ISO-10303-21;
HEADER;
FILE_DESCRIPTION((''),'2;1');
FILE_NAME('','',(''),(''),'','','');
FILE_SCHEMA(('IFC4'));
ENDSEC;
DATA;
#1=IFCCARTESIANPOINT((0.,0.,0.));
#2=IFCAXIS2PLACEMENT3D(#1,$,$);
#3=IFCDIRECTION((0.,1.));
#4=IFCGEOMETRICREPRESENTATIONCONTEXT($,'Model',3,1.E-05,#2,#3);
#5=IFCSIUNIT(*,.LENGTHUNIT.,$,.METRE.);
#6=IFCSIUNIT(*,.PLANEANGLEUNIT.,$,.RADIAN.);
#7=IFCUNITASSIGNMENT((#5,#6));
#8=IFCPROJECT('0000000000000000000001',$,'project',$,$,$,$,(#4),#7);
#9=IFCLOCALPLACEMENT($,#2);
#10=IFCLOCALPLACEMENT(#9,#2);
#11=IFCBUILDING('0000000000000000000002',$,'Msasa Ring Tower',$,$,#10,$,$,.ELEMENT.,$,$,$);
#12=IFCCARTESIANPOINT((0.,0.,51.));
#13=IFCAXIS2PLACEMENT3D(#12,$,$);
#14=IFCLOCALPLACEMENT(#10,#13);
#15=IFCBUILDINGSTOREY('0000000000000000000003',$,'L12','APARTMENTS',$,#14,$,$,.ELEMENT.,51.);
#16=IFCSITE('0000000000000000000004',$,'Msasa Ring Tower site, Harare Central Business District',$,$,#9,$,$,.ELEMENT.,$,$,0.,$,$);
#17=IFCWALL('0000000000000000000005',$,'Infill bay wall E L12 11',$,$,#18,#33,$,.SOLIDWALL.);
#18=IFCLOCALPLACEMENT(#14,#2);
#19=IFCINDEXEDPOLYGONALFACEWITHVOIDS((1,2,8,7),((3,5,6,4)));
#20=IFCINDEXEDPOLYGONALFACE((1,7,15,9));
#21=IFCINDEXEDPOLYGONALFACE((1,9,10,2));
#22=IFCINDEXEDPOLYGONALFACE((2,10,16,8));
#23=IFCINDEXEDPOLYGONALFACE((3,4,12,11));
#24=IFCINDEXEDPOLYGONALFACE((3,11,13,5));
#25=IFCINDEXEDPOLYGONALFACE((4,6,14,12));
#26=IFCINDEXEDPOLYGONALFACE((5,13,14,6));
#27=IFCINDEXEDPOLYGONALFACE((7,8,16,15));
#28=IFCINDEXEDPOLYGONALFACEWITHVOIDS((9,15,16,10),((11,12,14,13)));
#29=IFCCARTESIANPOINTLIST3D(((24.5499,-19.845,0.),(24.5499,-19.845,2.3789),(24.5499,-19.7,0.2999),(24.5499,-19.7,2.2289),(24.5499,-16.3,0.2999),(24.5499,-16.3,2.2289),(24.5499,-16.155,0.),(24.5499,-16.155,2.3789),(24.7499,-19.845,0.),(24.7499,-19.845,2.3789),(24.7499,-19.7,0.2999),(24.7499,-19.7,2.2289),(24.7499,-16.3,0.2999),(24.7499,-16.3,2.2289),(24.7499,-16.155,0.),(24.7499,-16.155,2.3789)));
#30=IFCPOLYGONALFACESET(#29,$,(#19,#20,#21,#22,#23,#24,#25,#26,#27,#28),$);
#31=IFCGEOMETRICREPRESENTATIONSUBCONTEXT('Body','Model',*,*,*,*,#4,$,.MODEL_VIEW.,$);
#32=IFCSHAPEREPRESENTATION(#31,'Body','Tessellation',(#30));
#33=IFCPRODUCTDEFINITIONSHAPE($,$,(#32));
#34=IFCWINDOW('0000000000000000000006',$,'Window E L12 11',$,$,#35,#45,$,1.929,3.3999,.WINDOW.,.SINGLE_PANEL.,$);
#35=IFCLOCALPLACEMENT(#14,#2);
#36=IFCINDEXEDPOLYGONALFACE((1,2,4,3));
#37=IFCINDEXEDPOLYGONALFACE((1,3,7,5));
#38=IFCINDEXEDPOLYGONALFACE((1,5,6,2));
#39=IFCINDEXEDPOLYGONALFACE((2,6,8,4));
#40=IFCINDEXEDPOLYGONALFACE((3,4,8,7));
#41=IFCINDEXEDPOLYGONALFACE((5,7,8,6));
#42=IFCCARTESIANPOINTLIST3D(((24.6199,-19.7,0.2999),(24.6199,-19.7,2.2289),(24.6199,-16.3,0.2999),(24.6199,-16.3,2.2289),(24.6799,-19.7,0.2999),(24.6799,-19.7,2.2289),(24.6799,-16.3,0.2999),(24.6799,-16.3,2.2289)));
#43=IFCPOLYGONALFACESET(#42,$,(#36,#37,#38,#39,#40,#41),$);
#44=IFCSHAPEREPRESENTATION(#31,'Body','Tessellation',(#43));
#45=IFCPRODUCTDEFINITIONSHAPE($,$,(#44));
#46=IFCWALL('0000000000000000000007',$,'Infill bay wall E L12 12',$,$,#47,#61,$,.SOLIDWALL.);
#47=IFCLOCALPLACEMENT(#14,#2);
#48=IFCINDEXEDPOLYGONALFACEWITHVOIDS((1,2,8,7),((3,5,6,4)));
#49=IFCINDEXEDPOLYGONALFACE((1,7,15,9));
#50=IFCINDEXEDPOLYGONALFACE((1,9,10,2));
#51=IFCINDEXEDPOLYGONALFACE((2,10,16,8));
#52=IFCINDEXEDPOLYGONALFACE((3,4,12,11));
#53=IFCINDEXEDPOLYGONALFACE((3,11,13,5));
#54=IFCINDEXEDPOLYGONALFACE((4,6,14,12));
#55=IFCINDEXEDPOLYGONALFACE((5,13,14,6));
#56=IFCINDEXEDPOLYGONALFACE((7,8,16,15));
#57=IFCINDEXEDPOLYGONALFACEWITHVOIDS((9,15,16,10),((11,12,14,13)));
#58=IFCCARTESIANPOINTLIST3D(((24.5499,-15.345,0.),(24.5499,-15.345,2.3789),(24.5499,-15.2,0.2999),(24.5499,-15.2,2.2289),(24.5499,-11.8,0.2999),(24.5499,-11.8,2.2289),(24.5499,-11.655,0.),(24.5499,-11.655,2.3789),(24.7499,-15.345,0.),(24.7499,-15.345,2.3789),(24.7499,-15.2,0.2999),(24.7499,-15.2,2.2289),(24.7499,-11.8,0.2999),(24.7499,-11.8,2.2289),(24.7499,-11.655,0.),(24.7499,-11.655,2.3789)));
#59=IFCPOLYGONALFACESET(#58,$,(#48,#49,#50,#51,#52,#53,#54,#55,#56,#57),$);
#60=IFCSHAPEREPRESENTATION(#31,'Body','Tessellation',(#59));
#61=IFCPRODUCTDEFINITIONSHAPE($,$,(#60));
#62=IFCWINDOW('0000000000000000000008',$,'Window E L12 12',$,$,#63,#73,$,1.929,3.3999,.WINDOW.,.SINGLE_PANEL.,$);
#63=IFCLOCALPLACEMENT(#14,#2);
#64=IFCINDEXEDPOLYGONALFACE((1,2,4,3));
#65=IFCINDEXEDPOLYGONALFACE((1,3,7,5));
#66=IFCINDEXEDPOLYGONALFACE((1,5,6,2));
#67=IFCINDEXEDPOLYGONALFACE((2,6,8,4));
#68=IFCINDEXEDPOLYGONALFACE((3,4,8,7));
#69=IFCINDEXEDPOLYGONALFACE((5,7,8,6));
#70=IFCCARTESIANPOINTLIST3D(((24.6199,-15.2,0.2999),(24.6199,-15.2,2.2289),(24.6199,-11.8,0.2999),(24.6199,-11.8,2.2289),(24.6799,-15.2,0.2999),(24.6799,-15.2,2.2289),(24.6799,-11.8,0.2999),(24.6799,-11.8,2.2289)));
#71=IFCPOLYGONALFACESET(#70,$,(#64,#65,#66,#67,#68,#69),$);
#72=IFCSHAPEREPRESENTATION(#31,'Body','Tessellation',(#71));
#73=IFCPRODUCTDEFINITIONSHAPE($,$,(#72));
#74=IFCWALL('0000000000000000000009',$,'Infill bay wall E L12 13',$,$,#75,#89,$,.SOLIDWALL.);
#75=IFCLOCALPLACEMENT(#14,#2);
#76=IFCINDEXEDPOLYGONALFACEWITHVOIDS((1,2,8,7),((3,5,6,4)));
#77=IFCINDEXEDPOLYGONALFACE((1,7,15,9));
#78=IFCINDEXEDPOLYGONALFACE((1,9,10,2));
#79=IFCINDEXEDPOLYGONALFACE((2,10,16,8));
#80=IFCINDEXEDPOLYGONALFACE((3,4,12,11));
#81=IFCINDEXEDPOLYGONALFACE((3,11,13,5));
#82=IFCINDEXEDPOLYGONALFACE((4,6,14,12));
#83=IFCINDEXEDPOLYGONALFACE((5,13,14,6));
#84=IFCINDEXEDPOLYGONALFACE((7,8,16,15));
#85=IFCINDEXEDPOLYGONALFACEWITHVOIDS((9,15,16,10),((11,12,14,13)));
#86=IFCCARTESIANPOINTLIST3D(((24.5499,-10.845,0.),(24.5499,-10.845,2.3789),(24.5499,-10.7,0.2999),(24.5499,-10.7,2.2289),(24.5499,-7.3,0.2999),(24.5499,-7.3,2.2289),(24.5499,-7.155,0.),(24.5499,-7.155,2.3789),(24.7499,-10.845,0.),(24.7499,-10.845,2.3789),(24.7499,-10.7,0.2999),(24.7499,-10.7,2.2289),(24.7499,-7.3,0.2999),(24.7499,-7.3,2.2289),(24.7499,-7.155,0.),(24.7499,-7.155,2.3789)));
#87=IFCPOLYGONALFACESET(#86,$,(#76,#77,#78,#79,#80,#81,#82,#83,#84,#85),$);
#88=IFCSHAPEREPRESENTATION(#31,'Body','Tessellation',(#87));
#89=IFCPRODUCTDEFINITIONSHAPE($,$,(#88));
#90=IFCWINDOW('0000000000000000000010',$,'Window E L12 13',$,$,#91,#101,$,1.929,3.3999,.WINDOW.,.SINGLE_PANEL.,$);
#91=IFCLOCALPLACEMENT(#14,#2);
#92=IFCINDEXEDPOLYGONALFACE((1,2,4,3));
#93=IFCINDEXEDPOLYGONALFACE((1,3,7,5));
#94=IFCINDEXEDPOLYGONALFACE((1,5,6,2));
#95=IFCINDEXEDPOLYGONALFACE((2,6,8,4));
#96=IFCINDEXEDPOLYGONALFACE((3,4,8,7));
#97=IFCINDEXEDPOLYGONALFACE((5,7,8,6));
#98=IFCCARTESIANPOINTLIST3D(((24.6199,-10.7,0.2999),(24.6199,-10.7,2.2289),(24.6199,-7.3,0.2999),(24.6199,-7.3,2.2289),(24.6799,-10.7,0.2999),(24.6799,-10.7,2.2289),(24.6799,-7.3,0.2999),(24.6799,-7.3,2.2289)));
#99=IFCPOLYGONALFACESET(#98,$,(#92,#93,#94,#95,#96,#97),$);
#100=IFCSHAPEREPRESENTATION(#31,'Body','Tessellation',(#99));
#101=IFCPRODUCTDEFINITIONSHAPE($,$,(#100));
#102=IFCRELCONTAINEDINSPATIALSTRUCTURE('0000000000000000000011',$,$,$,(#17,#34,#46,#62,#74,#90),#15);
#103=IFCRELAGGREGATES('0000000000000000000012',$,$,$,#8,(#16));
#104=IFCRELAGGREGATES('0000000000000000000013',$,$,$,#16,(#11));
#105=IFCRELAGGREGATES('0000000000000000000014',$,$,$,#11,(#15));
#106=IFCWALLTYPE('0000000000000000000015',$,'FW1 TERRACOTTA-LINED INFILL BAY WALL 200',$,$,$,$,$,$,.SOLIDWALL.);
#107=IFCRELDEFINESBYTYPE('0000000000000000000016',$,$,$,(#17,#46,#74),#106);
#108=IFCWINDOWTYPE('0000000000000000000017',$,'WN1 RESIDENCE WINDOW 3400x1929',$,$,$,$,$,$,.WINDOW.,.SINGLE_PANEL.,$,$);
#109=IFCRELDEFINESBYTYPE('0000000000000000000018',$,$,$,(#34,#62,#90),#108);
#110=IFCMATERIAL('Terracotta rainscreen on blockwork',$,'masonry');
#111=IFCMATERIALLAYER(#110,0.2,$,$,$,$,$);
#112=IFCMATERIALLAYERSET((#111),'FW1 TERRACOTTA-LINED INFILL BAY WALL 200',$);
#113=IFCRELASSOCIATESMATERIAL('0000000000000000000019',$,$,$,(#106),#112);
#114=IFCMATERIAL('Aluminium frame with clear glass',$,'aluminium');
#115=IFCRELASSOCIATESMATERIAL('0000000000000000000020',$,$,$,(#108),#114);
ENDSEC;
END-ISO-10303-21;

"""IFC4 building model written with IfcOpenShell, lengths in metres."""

from ifc_helpers import new_model, si_unit, direction, frame, frame_2d, origin, place, context, subcontext, project, spatial, rectangle, extrude, material, layer, layer_set, type_object, element, fill, save


model = new_model("IFC4")

# Units and contexts
model_context = context("Model", 3, precision=1e-05, world=origin(), true_north=direction((0.0, 1.0)))
body_context = subcontext(model_context, "Body", "Model", "MODEL_VIEW")
ifc_project = project(units=[si_unit("LENGTHUNIT", "METRE"), si_unit("PLANEANGLEUNIT", "RADIAN")], contexts=[model_context])

# Site, building, storey
site_placement = place(None, origin())
site = spatial("IfcSite", under=ifc_project, at=site_placement, Name="Msasa Ring Tower site, Harare Central Business District", CompositionType="ELEMENT", RefElevation=0.0)
building_placement = place(site_placement, origin())
building = spatial("IfcBuilding", under=site, at=building_placement, Name="Msasa Ring Tower", CompositionType="ELEMENT")
storey_placement = place(building_placement, frame((0.0, 0.0, 51.0)))
storey = spatial("IfcBuildingStorey", under=building, at=storey_placement, Name="L12", Description="APARTMENTS", CompositionType="ELEMENT", Elevation=51.0)

# Walls, openings, windows
ifc_material_1 = material(Name="Terracotta rainscreen on blockwork", Category="masonry")
ifc_layer_1 = layer(ifc_material_1, 0.2)
ifc_layer_set_1 = layer_set([ifc_layer_1], Name="FW1 TERRACOTTA-LINED INFILL BAY WALL 200")
wall_type_1 = type_object("IfcWallType", Name="FW1 TERRACOTTA-LINED INFILL BAY WALL 200", PredefinedType="SOLIDWALL", material=ifc_layer_set_1)
wall_1_placement = place(storey_placement, frame((24.6499, -19.845, 0.0), z_axis=(0.0, 0.0, 1.0), x_axis=(0.0, 1.0, 0.0)))
wall_1 = element("IfcWall", 1, at=wall_1_placement, inside=storey, type_object=wall_type_1, Name="Infill bay wall E L12 11", PredefinedType="SOLIDWALL", context=body_context, shape_type="SweptSolid", body=[
    extrude(rectangle(XDim=3.6899, YDim=0.2, at=frame_2d((1.845, 0.0))), origin(), (0.0, 0.0, 1.0), 2.3789),
])
opening_1_placement = place(wall_1_placement, frame((0.145, 0.0, 0.3)))
opening_1 = element("IfcOpeningElement", 2, at=opening_1_placement, cuts=wall_1, PredefinedType="OPENING", context=body_context, shape_type="SweptSolid", body=[
    extrude(rectangle(XDim=3.3999, YDim=1.929, at=frame_2d((1.7, 0.9644))), frame((0.0, 0.1099, 0.0), z_axis=(0.0, -1.0, 0.0), x_axis=(1.0, 0.0, 0.0)), (0.0, 0.0, 1.0), 0.22),
])
ifc_material_2 = material(Name="Aluminium frame with clear glass", Category="aluminium")
window_type = type_object("IfcWindowType", Name="WN1 RESIDENCE WINDOW 3400x1929", PartitioningType="SINGLE_PANEL", PredefinedType="WINDOW", material=ifc_material_2)
window_1_placement = place(opening_1_placement, origin())
window_1 = element("IfcWindow", 3, at=window_1_placement, inside=storey, type_object=window_type, Name="Window E L12 11", OverallHeight=1.929, OverallWidth=3.3999, PartitioningType="SINGLE_PANEL", PredefinedType="WINDOW", context=body_context, shape_type="SweptSolid", body=[
    extrude(rectangle(XDim=3.3999, YDim=1.929, at=frame_2d((1.7, 0.9644))), frame((0.0, 0.03, 0.0), z_axis=(0.0, -1.0, 0.0), x_axis=(1.0, 0.0, 0.0)), (0.0, 0.0, 1.0), 0.0601),
])
fill(opening_1, window_1)
wall_2_placement = place(storey_placement, frame((24.6499, -15.345, 0.0), z_axis=(0.0, 0.0, 1.0), x_axis=(0.0, 1.0, 0.0)))
wall_2 = element("IfcWall", 4, at=wall_2_placement, inside=storey, type_object=wall_type_1, Name="Infill bay wall E L12 12", PredefinedType="SOLIDWALL", context=body_context, shape_type="SweptSolid", body=[
    extrude(rectangle(XDim=3.6899, YDim=0.2, at=frame_2d((1.845, 0.0))), origin(), (0.0, 0.0, 1.0), 2.3789),
])
opening_2_placement = place(wall_2_placement, frame((0.145, 0.0, 0.3)))
opening_2 = element("IfcOpeningElement", 5, at=opening_2_placement, cuts=wall_2, PredefinedType="OPENING", context=body_context, shape_type="SweptSolid", body=[
    extrude(rectangle(XDim=3.3999, YDim=1.929, at=frame_2d((1.7, 0.9644))), frame((0.0, 0.1099, 0.0), z_axis=(0.0, -1.0, 0.0), x_axis=(1.0, 0.0, 0.0)), (0.0, 0.0, 1.0), 0.22),
])
window_2_placement = place(opening_2_placement, origin())
window_2 = element("IfcWindow", 6, at=window_2_placement, inside=storey, type_object=window_type, Name="Window E L12 12", OverallHeight=1.929, OverallWidth=3.3999, PartitioningType="SINGLE_PANEL", PredefinedType="WINDOW", context=body_context, shape_type="SweptSolid", body=[
    extrude(rectangle(XDim=3.3999, YDim=1.929, at=frame_2d((1.7, 0.9644))), frame((0.0, 0.03, 0.0), z_axis=(0.0, -1.0, 0.0), x_axis=(1.0, 0.0, 0.0)), (0.0, 0.0, 1.0), 0.0601),
])
fill(opening_2, window_2)
wall_3_placement = place(storey_placement, frame((24.6499, -10.845, 0.0), z_axis=(0.0, 0.0, 1.0), x_axis=(0.0, 1.0, 0.0)))
wall_3 = element("IfcWall", 7, at=wall_3_placement, inside=storey, type_object=wall_type_1, Name="Infill bay wall E L12 13", PredefinedType="SOLIDWALL", context=body_context, shape_type="SweptSolid", body=[
    extrude(rectangle(XDim=3.6899, YDim=0.2, at=frame_2d((1.845, 0.0))), origin(), (0.0, 0.0, 1.0), 2.3789),
])
opening_3_placement = place(wall_3_placement, frame((0.145, 0.0, 0.3)))
opening_3 = element("IfcOpeningElement", 8, at=opening_3_placement, cuts=wall_3, PredefinedType="OPENING", context=body_context, shape_type="SweptSolid", body=[
    extrude(rectangle(XDim=3.3999, YDim=1.929, at=frame_2d((1.7, 0.9644))), frame((0.0, 0.1099, 0.0), z_axis=(0.0, -1.0, 0.0), x_axis=(1.0, 0.0, 0.0)), (0.0, 0.0, 1.0), 0.22),
])
window_3_placement = place(opening_3_placement, origin())
window_3 = element("IfcWindow", 9, at=window_3_placement, inside=storey, type_object=window_type, Name="Window E L12 13", OverallHeight=1.929, OverallWidth=3.3999, PartitioningType="SINGLE_PANEL", PredefinedType="WINDOW", context=body_context, shape_type="SweptSolid", body=[
    extrude(rectangle(XDim=3.3999, YDim=1.929, at=frame_2d((1.7, 0.9644))), frame((0.0, 0.03, 0.0), z_axis=(0.0, -1.0, 0.0), x_axis=(1.0, 0.0, 0.0)), (0.0, 0.0, 1.0), 0.0601),
])
fill(opening_3, window_3)

save(model, "model.ifc")
